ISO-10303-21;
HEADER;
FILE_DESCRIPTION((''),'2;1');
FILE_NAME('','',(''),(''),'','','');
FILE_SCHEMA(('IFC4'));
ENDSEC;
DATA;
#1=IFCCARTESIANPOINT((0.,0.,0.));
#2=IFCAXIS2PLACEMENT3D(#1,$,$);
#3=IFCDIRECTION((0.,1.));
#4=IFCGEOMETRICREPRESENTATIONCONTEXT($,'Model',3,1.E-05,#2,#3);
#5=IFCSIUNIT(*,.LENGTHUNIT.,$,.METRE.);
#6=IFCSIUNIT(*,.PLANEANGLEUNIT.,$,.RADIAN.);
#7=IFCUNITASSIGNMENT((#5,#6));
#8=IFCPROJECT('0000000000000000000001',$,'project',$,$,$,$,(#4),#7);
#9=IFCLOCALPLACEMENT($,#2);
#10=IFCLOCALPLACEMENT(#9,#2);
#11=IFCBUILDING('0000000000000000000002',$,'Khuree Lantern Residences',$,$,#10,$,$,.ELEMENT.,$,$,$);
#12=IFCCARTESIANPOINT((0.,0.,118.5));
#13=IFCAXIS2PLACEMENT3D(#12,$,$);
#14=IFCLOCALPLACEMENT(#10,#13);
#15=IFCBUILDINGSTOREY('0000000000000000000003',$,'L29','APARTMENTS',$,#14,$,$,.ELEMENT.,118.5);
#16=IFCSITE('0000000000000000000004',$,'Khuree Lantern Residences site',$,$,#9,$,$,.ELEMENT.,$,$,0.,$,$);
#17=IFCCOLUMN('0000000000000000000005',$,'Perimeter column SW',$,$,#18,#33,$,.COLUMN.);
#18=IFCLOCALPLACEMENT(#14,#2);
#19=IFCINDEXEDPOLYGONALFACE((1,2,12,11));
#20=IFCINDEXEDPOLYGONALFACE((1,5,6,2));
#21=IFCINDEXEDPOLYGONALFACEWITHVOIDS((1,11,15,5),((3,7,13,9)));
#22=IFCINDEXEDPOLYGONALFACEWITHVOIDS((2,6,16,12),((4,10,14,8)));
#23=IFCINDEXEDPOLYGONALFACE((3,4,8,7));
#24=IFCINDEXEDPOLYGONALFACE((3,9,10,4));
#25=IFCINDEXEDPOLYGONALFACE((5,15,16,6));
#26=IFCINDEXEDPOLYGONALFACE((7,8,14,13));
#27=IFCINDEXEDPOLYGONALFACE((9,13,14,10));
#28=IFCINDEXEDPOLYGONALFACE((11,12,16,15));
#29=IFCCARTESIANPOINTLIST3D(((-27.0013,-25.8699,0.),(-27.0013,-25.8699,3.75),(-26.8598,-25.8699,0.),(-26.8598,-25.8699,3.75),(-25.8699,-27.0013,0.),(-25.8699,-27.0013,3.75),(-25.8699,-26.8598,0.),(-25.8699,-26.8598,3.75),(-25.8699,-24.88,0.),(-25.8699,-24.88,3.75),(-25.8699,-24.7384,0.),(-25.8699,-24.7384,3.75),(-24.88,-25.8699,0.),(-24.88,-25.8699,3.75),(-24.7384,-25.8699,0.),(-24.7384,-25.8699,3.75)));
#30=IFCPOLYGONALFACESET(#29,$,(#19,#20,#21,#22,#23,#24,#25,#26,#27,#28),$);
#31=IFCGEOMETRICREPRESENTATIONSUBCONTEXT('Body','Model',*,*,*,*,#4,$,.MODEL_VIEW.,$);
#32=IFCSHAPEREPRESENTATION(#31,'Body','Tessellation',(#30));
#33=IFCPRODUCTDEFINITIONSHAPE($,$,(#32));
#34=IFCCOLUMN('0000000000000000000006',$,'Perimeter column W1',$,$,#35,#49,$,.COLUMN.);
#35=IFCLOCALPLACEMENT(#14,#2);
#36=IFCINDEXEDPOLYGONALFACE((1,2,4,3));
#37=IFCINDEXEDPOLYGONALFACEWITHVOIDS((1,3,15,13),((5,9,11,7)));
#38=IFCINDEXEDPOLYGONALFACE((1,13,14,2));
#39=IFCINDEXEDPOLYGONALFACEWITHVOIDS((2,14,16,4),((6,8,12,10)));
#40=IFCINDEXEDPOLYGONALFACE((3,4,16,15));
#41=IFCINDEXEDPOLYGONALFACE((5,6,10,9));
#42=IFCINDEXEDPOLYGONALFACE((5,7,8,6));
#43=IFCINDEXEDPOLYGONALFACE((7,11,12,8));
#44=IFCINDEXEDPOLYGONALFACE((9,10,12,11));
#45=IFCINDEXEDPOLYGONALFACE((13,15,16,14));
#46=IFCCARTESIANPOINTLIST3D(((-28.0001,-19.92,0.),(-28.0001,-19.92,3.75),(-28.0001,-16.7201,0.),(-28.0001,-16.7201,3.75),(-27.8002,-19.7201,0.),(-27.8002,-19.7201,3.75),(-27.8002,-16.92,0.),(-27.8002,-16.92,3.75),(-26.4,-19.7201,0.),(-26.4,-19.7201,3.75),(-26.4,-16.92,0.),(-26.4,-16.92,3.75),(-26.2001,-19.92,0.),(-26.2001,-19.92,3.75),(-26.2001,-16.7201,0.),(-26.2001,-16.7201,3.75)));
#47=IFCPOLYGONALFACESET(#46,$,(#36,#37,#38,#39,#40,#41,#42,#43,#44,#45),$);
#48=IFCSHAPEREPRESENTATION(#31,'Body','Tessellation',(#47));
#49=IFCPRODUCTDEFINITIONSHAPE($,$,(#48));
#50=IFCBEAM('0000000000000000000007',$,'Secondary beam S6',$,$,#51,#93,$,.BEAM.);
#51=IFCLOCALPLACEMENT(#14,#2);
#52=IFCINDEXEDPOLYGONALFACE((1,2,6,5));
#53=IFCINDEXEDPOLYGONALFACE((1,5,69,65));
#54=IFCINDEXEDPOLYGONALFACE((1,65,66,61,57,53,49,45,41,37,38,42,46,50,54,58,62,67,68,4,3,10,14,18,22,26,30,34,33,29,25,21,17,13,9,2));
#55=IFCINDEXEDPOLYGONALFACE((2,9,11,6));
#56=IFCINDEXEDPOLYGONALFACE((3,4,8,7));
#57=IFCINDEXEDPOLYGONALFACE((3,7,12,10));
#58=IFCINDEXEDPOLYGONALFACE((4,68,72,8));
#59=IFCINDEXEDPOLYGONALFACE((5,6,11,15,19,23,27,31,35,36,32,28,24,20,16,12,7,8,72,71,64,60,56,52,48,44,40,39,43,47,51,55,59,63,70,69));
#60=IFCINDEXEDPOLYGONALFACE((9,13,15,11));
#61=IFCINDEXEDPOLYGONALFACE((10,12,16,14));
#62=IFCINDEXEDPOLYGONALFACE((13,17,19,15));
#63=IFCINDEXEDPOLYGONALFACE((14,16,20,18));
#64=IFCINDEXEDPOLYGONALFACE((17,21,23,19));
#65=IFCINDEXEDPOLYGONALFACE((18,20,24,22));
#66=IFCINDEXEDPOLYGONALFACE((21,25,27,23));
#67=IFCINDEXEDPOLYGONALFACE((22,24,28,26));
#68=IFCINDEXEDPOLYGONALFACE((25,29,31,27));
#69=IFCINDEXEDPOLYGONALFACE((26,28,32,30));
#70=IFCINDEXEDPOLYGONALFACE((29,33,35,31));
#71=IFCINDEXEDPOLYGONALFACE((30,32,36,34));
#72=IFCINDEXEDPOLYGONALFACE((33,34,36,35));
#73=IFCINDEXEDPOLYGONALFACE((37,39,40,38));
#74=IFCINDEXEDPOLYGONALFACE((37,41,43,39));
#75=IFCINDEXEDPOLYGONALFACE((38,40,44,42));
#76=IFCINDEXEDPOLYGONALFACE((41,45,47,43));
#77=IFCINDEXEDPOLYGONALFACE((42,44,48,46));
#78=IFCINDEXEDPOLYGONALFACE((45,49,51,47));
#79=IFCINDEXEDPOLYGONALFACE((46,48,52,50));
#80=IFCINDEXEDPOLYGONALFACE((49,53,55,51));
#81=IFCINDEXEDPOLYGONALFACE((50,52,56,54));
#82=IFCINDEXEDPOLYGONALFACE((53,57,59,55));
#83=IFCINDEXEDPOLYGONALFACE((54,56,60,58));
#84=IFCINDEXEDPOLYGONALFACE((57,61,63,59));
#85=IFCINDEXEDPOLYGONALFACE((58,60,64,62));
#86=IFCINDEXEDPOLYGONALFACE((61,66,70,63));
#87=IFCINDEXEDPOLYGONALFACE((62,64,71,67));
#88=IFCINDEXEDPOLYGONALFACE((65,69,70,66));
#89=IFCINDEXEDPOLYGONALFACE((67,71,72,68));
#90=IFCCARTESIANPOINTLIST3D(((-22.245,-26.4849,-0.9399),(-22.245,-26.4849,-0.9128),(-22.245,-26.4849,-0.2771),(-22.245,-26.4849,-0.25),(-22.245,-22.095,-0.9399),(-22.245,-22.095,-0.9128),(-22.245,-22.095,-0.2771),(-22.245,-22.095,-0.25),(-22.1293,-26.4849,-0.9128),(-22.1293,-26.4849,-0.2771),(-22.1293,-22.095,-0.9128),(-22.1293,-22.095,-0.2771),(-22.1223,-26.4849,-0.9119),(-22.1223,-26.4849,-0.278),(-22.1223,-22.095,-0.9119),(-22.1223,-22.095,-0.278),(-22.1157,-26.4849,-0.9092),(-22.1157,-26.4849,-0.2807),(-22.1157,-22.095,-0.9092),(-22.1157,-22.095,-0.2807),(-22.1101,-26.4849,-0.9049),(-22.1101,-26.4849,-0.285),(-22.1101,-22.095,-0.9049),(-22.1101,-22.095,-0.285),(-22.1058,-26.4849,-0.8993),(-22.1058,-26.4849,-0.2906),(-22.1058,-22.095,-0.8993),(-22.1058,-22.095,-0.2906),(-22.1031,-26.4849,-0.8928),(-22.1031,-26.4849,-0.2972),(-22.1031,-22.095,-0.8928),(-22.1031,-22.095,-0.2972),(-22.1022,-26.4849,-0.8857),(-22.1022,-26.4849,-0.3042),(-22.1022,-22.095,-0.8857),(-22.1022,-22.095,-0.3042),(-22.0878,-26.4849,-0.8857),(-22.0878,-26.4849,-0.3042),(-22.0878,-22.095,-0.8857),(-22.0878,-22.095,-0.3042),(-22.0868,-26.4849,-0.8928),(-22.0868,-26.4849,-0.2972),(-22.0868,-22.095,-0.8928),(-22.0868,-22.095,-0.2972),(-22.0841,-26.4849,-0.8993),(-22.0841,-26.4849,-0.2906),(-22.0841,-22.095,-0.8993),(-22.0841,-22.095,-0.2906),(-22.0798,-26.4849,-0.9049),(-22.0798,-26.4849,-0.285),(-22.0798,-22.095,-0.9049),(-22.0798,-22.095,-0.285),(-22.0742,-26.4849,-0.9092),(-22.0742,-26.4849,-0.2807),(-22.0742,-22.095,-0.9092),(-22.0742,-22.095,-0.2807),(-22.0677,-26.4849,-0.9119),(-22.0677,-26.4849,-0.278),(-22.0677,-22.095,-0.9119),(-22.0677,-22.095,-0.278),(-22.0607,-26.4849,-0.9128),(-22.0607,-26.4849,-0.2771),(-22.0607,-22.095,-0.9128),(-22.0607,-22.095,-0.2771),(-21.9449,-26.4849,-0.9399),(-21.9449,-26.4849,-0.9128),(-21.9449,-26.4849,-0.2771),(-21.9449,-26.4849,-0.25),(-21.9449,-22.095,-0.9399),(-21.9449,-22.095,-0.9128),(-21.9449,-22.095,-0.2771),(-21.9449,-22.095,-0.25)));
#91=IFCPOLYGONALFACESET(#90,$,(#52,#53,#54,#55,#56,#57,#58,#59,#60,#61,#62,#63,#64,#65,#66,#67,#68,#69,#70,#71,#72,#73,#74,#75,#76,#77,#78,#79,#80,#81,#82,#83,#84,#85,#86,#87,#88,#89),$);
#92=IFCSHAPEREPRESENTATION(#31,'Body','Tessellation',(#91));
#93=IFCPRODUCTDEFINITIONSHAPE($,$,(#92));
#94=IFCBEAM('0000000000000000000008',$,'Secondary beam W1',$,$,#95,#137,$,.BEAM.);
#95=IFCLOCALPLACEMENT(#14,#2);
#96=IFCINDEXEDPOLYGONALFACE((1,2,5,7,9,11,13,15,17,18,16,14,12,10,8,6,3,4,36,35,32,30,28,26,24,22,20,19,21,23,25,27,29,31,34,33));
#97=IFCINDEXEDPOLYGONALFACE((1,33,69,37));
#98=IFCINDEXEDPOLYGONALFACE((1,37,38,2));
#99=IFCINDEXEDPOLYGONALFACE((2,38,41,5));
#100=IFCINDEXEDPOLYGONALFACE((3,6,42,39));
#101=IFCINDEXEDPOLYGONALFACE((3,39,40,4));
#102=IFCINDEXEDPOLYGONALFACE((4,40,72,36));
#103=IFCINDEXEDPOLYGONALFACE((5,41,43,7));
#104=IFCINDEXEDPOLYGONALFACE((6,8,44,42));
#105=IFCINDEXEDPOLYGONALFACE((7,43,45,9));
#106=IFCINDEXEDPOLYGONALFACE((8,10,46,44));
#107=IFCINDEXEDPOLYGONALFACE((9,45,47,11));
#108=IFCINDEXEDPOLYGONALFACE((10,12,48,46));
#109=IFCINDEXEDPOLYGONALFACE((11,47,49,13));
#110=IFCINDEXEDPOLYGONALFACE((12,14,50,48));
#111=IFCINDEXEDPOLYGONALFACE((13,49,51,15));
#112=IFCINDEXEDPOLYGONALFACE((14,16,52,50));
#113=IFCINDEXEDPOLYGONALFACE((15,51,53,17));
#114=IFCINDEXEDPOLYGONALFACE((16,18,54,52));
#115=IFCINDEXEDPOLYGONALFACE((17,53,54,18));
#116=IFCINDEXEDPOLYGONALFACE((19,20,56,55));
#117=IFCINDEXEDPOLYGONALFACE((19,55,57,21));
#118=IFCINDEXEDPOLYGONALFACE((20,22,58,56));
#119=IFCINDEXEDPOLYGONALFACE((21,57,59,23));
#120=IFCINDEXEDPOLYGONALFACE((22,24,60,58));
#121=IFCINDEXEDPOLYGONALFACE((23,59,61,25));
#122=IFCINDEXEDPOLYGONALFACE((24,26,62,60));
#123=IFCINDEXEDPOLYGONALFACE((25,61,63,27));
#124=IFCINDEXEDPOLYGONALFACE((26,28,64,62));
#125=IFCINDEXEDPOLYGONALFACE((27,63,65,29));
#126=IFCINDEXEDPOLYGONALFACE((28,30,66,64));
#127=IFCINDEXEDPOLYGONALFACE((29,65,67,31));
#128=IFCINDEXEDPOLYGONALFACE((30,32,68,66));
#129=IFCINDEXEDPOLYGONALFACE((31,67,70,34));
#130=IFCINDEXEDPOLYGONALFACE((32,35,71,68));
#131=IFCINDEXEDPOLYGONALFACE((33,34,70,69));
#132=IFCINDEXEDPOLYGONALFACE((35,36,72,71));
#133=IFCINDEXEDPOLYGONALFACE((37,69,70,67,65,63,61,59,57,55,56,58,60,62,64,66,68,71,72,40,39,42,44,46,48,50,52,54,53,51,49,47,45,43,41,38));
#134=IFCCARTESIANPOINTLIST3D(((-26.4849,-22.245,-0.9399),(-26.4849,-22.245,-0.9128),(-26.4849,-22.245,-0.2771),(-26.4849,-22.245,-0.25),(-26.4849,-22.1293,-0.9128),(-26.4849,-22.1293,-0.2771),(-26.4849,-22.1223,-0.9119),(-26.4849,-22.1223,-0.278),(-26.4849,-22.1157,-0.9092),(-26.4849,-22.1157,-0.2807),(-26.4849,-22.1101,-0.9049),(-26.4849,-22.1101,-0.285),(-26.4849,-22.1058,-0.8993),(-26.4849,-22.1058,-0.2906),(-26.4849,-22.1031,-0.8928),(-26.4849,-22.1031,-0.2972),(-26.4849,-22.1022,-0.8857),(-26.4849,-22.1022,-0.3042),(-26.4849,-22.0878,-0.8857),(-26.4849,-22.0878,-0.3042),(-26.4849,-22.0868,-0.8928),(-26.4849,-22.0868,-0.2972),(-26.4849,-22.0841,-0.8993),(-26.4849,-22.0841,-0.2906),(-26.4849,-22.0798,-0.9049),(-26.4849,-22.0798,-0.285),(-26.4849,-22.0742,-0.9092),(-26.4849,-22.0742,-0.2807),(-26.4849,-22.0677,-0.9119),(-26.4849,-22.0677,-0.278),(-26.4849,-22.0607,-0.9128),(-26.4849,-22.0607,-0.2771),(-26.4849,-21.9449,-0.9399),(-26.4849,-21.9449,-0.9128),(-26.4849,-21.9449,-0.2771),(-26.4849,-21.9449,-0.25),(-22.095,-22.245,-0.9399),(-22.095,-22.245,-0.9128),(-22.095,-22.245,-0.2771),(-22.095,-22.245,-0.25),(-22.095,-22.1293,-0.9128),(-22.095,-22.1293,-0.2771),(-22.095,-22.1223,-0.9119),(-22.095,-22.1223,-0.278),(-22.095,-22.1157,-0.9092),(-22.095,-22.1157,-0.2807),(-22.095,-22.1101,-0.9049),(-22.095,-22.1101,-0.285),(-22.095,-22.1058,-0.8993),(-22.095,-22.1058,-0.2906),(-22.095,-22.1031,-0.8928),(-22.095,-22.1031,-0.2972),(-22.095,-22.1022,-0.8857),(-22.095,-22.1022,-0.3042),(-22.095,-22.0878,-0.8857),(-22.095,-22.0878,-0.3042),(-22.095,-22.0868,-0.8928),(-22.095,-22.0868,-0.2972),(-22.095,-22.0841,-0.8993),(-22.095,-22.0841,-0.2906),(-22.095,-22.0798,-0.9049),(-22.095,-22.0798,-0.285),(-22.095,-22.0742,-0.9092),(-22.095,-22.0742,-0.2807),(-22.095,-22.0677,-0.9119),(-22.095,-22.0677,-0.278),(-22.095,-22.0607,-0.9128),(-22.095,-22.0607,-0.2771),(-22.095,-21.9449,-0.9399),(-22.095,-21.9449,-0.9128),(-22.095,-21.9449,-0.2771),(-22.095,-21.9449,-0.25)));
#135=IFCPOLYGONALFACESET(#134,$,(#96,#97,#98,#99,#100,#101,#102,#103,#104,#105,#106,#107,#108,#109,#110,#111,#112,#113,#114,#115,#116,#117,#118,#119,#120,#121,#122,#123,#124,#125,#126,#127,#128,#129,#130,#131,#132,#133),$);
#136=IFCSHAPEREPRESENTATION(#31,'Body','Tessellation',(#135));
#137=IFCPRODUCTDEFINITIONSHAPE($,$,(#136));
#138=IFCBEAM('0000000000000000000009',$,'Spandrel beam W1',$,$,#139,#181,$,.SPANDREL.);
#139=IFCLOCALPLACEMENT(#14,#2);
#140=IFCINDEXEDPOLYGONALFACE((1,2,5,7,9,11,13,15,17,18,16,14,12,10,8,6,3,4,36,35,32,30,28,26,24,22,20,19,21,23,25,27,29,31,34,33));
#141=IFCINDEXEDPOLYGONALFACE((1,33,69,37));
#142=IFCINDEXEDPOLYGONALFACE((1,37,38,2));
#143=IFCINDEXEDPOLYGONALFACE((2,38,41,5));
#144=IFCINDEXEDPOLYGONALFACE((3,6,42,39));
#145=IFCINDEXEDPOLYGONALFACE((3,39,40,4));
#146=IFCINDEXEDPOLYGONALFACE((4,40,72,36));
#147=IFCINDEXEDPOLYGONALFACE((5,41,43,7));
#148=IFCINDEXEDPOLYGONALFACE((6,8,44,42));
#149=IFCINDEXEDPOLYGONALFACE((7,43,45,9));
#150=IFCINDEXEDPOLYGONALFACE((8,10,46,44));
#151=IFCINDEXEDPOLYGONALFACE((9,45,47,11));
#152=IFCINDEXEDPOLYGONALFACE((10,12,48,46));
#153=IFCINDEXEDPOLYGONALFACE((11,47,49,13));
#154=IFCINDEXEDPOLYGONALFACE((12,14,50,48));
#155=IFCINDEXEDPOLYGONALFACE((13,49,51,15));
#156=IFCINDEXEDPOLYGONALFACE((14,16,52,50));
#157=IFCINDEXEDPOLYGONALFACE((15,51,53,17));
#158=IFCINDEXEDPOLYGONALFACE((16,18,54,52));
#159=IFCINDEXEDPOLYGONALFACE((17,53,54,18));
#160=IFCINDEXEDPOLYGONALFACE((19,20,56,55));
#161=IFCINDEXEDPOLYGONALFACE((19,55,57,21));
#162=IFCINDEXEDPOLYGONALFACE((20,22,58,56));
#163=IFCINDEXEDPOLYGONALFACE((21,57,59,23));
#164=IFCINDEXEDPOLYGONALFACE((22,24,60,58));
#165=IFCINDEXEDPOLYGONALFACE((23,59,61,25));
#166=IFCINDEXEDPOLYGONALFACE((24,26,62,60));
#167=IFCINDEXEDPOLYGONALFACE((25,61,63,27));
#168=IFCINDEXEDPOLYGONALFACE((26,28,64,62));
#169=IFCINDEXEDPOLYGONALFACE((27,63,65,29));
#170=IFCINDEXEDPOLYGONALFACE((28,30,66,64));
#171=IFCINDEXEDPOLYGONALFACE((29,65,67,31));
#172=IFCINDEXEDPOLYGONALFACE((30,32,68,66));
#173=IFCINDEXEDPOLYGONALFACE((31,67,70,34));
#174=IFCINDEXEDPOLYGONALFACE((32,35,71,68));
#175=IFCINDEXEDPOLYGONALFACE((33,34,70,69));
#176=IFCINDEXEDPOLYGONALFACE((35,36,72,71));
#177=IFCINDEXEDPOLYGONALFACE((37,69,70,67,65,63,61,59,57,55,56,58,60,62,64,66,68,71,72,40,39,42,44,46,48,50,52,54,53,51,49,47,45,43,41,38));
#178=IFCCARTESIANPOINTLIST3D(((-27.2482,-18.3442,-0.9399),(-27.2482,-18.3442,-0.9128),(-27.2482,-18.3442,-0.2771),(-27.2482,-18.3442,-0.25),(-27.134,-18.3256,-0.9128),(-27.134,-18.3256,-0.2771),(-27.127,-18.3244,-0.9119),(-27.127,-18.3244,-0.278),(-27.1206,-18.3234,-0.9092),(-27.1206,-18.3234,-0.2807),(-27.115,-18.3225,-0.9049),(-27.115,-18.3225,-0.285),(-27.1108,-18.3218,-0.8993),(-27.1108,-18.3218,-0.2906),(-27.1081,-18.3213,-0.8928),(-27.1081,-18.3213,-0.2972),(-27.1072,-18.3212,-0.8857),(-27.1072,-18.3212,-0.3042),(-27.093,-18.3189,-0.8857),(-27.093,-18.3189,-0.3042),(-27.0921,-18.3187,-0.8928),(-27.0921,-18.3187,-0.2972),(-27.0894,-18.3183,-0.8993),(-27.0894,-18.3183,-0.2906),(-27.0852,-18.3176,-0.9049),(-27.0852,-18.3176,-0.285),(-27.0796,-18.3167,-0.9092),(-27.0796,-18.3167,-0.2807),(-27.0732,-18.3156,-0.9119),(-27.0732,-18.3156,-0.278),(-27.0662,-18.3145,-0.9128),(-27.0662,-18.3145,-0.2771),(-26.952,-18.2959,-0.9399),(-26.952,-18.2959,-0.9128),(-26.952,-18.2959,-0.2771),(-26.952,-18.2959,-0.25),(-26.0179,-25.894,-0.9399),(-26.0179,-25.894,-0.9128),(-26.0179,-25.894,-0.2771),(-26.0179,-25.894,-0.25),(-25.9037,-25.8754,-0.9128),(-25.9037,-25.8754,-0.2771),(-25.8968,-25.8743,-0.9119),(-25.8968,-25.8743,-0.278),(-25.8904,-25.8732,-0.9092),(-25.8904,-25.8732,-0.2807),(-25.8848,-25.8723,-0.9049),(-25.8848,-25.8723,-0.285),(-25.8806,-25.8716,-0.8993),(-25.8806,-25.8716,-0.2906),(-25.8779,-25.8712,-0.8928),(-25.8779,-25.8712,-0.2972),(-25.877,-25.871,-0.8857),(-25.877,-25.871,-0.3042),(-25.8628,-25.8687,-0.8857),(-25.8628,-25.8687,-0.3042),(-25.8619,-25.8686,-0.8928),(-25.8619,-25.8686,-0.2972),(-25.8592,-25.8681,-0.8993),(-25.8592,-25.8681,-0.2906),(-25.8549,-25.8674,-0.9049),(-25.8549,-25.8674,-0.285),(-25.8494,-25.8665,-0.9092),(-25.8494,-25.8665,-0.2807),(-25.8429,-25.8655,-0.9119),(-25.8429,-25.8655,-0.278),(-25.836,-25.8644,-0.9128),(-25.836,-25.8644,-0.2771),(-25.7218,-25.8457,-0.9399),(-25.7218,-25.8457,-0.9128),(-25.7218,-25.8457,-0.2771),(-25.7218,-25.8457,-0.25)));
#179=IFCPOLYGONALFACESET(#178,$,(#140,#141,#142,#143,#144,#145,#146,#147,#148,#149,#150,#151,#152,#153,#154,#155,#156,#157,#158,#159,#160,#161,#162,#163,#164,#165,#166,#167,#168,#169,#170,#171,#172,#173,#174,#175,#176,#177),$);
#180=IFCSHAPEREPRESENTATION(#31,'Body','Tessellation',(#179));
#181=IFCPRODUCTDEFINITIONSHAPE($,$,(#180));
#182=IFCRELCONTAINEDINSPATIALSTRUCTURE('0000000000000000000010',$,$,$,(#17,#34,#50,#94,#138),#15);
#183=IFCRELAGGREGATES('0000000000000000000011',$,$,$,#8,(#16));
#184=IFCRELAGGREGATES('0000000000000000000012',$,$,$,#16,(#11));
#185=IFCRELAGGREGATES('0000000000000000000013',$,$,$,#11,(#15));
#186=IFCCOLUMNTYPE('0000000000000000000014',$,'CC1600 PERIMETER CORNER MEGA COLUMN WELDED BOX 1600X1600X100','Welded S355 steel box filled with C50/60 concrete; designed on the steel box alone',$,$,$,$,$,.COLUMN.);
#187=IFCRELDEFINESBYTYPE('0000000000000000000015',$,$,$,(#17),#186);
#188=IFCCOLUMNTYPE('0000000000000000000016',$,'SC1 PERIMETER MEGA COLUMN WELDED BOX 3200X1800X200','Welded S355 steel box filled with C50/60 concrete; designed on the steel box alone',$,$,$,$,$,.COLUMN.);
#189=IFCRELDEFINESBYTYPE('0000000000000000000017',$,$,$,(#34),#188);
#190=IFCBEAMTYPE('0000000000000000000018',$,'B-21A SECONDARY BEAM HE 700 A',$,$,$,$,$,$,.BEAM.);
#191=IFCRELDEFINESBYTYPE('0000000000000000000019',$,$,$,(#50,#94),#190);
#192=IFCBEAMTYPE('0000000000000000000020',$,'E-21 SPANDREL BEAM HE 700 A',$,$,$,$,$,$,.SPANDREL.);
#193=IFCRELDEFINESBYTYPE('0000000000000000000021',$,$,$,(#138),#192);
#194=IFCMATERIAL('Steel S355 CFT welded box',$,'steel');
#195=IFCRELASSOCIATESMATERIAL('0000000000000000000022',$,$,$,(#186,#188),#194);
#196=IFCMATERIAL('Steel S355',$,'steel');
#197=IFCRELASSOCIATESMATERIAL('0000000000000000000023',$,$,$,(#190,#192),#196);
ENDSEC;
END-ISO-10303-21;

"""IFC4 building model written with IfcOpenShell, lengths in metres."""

from ifc_helpers import new_model, si_unit, direction, frame, origin, origin_2d, place, context, subcontext, project, spatial, hollow_rectangle, i_section, extrude, material, material_profile, profile_set, type_object, element, save


model = new_model("IFC4")

# Units and contexts
model_context = context("Model", 3, precision=1e-05, world=origin(), true_north=direction((0.0, 1.0)))
body_context = subcontext(model_context, "Body", "Model", "MODEL_VIEW")
ifc_project = project(units=[si_unit("LENGTHUNIT", "METRE"), si_unit("PLANEANGLEUNIT", "RADIAN")], contexts=[model_context])

# Site, building, storey
site_placement = place(None, origin())
site = spatial("IfcSite", under=ifc_project, at=site_placement, Name="Khuree Lantern Residences site", CompositionType="ELEMENT", RefElevation=0.0)
building_placement = place(site_placement, origin())
building = spatial("IfcBuilding", under=site, at=building_placement, Name="Khuree Lantern Residences", CompositionType="ELEMENT")
storey_placement = place(building_placement, frame((0.0, 0.0, 118.5)))
storey = spatial("IfcBuildingStorey", under=building, at=storey_placement, Name="L29", Description="APARTMENTS", CompositionType="ELEMENT", Elevation=118.5)

# Columns
ifc_material_1 = material(Name="Steel S355 CFT welded box", Category="steel")
ifc_material_profile_1 = material_profile(ifc_material_1, hollow_rectangle(XDim=1.6001, YDim=1.6001, WallThickness=0.1001, at=origin_2d()), Name="WELDED BOX 1600X1600X100")
ifc_profile_set_1 = profile_set([ifc_material_profile_1], Name="Steel S355 CFT welded box")
column_type_1 = type_object("IfcColumnType", Name="CC1600 PERIMETER CORNER MEGA COLUMN WELDED BOX 1600X1600X100", Description="Welded S355 steel box filled with C50/60 concrete; designed on the steel box alone", PredefinedType="COLUMN", material=ifc_profile_set_1)
column_1_placement = place(storey_placement, frame((-25.8699, -25.8699, 0.0), z_axis=(0.0, 0.0, 1.0), x_axis=(0.707107, -0.707107, 0.0)))
element("IfcColumn", 1, at=column_1_placement, inside=storey, type_object=column_type_1, Name="Perimeter column SW", PredefinedType="COLUMN", context=body_context, shape_type="SweptSolid", body=[
    extrude(hollow_rectangle(XDim=1.6001, YDim=1.6001, WallThickness=0.1001, at=origin_2d()), origin(), (0.0, 0.0, 1.0), 3.75),
])
ifc_material_profile_2 = material_profile(ifc_material_1, hollow_rectangle(XDim=3.2, YDim=1.8, WallThickness=0.2, at=origin_2d()), Name="WELDED BOX 3200X1800X200")
ifc_profile_set_2 = profile_set([ifc_material_profile_2], Name="Steel S355 CFT welded box")
column_type_2 = type_object("IfcColumnType", Name="SC1 PERIMETER MEGA COLUMN WELDED BOX 3200X1800X200", Description="Welded S355 steel box filled with C50/60 concrete; designed on the steel box alone", PredefinedType="COLUMN", material=ifc_profile_set_2)
column_2_placement = place(storey_placement, frame((-27.1001, -18.3201, 0.0), z_axis=(0.0, 0.0, 1.0), x_axis=(0.0, 1.0, 0.0)))
element("IfcColumn", 2, at=column_2_placement, inside=storey, type_object=column_type_2, Name="Perimeter column W1", PredefinedType="COLUMN", context=body_context, shape_type="SweptSolid", body=[
    extrude(hollow_rectangle(XDim=3.2, YDim=1.8, WallThickness=0.2, at=origin_2d()), origin(), (0.0, 0.0, 1.0), 3.75),
])

# Beams
ifc_material_2 = material(Name="Steel S355", Category="steel")
ifc_material_profile_3 = material_profile(ifc_material_2, i_section(OverallWidth=0.3, OverallDepth=0.6899, WebThickness=0.0144, FlangeThickness=0.0271, FilletRadius=0.0271, at=origin_2d()), Name="HE 700 A")
ifc_profile_set_3 = profile_set([ifc_material_profile_3], Name="Steel S355")
beam_type_1 = type_object("IfcBeamType", Name="B-21A SECONDARY BEAM HE 700 A", PredefinedType="BEAM", material=ifc_profile_set_3)
for number, where, z_axis, x_axis, name in (
    (3, (-22.095, -26.4849, -0.595), (0.0, 1.0, 0.0), (-1.0, 0.0, 0.0), "Secondary beam S6"),
    (4, (-26.4849, -22.095, -0.595), (1.0, 0.0, 0.0), (0.0, 1.0, 0.0), "Secondary beam W1"),
):
    element("IfcBeam", number, at=place(storey_placement, frame(where, z_axis=z_axis, x_axis=x_axis)), inside=storey, type_object=beam_type_1, Name=name, PredefinedType="BEAM", context=body_context, shape_type="SweptSolid", body=[
        extrude(i_section(OverallWidth=0.3, OverallDepth=0.6899, WebThickness=0.0144, FlangeThickness=0.0271, FilletRadius=0.0271, at=origin_2d()), origin(), (0.0, 0.0, 1.0), 4.3899),
    ])
ifc_material_profile_4 = material_profile(ifc_material_2, i_section(OverallWidth=0.3, OverallDepth=0.6899, WebThickness=0.0144, FlangeThickness=0.0271, FilletRadius=0.0271, at=origin_2d()), Name="HE 700 A")
ifc_profile_set_4 = profile_set([ifc_material_profile_4], Name="Steel S355")
beam_type_2 = type_object("IfcBeamType", Name="E-21 SPANDREL BEAM HE 700 A", PredefinedType="SPANDREL", material=ifc_profile_set_4)
beam_1_placement = place(storey_placement, frame((-25.8699, -25.8699, -0.595), z_axis=(-0.160827, 0.986983, 0.0), x_axis=(-0.986983, -0.160827, 0.0)))
element("IfcBeam", 5, at=beam_1_placement, inside=storey, type_object=beam_type_2, Name="Spandrel beam W1", PredefinedType="SPANDREL", context=body_context, shape_type="SweptSolid", body=[
    extrude(i_section(OverallWidth=0.3, OverallDepth=0.6899, WebThickness=0.0144, FlangeThickness=0.0271, FilletRadius=0.0271, at=origin_2d()), origin(), (0.0, 0.0, 1.0), 7.6494),
])

save(model, "model.ifc")
